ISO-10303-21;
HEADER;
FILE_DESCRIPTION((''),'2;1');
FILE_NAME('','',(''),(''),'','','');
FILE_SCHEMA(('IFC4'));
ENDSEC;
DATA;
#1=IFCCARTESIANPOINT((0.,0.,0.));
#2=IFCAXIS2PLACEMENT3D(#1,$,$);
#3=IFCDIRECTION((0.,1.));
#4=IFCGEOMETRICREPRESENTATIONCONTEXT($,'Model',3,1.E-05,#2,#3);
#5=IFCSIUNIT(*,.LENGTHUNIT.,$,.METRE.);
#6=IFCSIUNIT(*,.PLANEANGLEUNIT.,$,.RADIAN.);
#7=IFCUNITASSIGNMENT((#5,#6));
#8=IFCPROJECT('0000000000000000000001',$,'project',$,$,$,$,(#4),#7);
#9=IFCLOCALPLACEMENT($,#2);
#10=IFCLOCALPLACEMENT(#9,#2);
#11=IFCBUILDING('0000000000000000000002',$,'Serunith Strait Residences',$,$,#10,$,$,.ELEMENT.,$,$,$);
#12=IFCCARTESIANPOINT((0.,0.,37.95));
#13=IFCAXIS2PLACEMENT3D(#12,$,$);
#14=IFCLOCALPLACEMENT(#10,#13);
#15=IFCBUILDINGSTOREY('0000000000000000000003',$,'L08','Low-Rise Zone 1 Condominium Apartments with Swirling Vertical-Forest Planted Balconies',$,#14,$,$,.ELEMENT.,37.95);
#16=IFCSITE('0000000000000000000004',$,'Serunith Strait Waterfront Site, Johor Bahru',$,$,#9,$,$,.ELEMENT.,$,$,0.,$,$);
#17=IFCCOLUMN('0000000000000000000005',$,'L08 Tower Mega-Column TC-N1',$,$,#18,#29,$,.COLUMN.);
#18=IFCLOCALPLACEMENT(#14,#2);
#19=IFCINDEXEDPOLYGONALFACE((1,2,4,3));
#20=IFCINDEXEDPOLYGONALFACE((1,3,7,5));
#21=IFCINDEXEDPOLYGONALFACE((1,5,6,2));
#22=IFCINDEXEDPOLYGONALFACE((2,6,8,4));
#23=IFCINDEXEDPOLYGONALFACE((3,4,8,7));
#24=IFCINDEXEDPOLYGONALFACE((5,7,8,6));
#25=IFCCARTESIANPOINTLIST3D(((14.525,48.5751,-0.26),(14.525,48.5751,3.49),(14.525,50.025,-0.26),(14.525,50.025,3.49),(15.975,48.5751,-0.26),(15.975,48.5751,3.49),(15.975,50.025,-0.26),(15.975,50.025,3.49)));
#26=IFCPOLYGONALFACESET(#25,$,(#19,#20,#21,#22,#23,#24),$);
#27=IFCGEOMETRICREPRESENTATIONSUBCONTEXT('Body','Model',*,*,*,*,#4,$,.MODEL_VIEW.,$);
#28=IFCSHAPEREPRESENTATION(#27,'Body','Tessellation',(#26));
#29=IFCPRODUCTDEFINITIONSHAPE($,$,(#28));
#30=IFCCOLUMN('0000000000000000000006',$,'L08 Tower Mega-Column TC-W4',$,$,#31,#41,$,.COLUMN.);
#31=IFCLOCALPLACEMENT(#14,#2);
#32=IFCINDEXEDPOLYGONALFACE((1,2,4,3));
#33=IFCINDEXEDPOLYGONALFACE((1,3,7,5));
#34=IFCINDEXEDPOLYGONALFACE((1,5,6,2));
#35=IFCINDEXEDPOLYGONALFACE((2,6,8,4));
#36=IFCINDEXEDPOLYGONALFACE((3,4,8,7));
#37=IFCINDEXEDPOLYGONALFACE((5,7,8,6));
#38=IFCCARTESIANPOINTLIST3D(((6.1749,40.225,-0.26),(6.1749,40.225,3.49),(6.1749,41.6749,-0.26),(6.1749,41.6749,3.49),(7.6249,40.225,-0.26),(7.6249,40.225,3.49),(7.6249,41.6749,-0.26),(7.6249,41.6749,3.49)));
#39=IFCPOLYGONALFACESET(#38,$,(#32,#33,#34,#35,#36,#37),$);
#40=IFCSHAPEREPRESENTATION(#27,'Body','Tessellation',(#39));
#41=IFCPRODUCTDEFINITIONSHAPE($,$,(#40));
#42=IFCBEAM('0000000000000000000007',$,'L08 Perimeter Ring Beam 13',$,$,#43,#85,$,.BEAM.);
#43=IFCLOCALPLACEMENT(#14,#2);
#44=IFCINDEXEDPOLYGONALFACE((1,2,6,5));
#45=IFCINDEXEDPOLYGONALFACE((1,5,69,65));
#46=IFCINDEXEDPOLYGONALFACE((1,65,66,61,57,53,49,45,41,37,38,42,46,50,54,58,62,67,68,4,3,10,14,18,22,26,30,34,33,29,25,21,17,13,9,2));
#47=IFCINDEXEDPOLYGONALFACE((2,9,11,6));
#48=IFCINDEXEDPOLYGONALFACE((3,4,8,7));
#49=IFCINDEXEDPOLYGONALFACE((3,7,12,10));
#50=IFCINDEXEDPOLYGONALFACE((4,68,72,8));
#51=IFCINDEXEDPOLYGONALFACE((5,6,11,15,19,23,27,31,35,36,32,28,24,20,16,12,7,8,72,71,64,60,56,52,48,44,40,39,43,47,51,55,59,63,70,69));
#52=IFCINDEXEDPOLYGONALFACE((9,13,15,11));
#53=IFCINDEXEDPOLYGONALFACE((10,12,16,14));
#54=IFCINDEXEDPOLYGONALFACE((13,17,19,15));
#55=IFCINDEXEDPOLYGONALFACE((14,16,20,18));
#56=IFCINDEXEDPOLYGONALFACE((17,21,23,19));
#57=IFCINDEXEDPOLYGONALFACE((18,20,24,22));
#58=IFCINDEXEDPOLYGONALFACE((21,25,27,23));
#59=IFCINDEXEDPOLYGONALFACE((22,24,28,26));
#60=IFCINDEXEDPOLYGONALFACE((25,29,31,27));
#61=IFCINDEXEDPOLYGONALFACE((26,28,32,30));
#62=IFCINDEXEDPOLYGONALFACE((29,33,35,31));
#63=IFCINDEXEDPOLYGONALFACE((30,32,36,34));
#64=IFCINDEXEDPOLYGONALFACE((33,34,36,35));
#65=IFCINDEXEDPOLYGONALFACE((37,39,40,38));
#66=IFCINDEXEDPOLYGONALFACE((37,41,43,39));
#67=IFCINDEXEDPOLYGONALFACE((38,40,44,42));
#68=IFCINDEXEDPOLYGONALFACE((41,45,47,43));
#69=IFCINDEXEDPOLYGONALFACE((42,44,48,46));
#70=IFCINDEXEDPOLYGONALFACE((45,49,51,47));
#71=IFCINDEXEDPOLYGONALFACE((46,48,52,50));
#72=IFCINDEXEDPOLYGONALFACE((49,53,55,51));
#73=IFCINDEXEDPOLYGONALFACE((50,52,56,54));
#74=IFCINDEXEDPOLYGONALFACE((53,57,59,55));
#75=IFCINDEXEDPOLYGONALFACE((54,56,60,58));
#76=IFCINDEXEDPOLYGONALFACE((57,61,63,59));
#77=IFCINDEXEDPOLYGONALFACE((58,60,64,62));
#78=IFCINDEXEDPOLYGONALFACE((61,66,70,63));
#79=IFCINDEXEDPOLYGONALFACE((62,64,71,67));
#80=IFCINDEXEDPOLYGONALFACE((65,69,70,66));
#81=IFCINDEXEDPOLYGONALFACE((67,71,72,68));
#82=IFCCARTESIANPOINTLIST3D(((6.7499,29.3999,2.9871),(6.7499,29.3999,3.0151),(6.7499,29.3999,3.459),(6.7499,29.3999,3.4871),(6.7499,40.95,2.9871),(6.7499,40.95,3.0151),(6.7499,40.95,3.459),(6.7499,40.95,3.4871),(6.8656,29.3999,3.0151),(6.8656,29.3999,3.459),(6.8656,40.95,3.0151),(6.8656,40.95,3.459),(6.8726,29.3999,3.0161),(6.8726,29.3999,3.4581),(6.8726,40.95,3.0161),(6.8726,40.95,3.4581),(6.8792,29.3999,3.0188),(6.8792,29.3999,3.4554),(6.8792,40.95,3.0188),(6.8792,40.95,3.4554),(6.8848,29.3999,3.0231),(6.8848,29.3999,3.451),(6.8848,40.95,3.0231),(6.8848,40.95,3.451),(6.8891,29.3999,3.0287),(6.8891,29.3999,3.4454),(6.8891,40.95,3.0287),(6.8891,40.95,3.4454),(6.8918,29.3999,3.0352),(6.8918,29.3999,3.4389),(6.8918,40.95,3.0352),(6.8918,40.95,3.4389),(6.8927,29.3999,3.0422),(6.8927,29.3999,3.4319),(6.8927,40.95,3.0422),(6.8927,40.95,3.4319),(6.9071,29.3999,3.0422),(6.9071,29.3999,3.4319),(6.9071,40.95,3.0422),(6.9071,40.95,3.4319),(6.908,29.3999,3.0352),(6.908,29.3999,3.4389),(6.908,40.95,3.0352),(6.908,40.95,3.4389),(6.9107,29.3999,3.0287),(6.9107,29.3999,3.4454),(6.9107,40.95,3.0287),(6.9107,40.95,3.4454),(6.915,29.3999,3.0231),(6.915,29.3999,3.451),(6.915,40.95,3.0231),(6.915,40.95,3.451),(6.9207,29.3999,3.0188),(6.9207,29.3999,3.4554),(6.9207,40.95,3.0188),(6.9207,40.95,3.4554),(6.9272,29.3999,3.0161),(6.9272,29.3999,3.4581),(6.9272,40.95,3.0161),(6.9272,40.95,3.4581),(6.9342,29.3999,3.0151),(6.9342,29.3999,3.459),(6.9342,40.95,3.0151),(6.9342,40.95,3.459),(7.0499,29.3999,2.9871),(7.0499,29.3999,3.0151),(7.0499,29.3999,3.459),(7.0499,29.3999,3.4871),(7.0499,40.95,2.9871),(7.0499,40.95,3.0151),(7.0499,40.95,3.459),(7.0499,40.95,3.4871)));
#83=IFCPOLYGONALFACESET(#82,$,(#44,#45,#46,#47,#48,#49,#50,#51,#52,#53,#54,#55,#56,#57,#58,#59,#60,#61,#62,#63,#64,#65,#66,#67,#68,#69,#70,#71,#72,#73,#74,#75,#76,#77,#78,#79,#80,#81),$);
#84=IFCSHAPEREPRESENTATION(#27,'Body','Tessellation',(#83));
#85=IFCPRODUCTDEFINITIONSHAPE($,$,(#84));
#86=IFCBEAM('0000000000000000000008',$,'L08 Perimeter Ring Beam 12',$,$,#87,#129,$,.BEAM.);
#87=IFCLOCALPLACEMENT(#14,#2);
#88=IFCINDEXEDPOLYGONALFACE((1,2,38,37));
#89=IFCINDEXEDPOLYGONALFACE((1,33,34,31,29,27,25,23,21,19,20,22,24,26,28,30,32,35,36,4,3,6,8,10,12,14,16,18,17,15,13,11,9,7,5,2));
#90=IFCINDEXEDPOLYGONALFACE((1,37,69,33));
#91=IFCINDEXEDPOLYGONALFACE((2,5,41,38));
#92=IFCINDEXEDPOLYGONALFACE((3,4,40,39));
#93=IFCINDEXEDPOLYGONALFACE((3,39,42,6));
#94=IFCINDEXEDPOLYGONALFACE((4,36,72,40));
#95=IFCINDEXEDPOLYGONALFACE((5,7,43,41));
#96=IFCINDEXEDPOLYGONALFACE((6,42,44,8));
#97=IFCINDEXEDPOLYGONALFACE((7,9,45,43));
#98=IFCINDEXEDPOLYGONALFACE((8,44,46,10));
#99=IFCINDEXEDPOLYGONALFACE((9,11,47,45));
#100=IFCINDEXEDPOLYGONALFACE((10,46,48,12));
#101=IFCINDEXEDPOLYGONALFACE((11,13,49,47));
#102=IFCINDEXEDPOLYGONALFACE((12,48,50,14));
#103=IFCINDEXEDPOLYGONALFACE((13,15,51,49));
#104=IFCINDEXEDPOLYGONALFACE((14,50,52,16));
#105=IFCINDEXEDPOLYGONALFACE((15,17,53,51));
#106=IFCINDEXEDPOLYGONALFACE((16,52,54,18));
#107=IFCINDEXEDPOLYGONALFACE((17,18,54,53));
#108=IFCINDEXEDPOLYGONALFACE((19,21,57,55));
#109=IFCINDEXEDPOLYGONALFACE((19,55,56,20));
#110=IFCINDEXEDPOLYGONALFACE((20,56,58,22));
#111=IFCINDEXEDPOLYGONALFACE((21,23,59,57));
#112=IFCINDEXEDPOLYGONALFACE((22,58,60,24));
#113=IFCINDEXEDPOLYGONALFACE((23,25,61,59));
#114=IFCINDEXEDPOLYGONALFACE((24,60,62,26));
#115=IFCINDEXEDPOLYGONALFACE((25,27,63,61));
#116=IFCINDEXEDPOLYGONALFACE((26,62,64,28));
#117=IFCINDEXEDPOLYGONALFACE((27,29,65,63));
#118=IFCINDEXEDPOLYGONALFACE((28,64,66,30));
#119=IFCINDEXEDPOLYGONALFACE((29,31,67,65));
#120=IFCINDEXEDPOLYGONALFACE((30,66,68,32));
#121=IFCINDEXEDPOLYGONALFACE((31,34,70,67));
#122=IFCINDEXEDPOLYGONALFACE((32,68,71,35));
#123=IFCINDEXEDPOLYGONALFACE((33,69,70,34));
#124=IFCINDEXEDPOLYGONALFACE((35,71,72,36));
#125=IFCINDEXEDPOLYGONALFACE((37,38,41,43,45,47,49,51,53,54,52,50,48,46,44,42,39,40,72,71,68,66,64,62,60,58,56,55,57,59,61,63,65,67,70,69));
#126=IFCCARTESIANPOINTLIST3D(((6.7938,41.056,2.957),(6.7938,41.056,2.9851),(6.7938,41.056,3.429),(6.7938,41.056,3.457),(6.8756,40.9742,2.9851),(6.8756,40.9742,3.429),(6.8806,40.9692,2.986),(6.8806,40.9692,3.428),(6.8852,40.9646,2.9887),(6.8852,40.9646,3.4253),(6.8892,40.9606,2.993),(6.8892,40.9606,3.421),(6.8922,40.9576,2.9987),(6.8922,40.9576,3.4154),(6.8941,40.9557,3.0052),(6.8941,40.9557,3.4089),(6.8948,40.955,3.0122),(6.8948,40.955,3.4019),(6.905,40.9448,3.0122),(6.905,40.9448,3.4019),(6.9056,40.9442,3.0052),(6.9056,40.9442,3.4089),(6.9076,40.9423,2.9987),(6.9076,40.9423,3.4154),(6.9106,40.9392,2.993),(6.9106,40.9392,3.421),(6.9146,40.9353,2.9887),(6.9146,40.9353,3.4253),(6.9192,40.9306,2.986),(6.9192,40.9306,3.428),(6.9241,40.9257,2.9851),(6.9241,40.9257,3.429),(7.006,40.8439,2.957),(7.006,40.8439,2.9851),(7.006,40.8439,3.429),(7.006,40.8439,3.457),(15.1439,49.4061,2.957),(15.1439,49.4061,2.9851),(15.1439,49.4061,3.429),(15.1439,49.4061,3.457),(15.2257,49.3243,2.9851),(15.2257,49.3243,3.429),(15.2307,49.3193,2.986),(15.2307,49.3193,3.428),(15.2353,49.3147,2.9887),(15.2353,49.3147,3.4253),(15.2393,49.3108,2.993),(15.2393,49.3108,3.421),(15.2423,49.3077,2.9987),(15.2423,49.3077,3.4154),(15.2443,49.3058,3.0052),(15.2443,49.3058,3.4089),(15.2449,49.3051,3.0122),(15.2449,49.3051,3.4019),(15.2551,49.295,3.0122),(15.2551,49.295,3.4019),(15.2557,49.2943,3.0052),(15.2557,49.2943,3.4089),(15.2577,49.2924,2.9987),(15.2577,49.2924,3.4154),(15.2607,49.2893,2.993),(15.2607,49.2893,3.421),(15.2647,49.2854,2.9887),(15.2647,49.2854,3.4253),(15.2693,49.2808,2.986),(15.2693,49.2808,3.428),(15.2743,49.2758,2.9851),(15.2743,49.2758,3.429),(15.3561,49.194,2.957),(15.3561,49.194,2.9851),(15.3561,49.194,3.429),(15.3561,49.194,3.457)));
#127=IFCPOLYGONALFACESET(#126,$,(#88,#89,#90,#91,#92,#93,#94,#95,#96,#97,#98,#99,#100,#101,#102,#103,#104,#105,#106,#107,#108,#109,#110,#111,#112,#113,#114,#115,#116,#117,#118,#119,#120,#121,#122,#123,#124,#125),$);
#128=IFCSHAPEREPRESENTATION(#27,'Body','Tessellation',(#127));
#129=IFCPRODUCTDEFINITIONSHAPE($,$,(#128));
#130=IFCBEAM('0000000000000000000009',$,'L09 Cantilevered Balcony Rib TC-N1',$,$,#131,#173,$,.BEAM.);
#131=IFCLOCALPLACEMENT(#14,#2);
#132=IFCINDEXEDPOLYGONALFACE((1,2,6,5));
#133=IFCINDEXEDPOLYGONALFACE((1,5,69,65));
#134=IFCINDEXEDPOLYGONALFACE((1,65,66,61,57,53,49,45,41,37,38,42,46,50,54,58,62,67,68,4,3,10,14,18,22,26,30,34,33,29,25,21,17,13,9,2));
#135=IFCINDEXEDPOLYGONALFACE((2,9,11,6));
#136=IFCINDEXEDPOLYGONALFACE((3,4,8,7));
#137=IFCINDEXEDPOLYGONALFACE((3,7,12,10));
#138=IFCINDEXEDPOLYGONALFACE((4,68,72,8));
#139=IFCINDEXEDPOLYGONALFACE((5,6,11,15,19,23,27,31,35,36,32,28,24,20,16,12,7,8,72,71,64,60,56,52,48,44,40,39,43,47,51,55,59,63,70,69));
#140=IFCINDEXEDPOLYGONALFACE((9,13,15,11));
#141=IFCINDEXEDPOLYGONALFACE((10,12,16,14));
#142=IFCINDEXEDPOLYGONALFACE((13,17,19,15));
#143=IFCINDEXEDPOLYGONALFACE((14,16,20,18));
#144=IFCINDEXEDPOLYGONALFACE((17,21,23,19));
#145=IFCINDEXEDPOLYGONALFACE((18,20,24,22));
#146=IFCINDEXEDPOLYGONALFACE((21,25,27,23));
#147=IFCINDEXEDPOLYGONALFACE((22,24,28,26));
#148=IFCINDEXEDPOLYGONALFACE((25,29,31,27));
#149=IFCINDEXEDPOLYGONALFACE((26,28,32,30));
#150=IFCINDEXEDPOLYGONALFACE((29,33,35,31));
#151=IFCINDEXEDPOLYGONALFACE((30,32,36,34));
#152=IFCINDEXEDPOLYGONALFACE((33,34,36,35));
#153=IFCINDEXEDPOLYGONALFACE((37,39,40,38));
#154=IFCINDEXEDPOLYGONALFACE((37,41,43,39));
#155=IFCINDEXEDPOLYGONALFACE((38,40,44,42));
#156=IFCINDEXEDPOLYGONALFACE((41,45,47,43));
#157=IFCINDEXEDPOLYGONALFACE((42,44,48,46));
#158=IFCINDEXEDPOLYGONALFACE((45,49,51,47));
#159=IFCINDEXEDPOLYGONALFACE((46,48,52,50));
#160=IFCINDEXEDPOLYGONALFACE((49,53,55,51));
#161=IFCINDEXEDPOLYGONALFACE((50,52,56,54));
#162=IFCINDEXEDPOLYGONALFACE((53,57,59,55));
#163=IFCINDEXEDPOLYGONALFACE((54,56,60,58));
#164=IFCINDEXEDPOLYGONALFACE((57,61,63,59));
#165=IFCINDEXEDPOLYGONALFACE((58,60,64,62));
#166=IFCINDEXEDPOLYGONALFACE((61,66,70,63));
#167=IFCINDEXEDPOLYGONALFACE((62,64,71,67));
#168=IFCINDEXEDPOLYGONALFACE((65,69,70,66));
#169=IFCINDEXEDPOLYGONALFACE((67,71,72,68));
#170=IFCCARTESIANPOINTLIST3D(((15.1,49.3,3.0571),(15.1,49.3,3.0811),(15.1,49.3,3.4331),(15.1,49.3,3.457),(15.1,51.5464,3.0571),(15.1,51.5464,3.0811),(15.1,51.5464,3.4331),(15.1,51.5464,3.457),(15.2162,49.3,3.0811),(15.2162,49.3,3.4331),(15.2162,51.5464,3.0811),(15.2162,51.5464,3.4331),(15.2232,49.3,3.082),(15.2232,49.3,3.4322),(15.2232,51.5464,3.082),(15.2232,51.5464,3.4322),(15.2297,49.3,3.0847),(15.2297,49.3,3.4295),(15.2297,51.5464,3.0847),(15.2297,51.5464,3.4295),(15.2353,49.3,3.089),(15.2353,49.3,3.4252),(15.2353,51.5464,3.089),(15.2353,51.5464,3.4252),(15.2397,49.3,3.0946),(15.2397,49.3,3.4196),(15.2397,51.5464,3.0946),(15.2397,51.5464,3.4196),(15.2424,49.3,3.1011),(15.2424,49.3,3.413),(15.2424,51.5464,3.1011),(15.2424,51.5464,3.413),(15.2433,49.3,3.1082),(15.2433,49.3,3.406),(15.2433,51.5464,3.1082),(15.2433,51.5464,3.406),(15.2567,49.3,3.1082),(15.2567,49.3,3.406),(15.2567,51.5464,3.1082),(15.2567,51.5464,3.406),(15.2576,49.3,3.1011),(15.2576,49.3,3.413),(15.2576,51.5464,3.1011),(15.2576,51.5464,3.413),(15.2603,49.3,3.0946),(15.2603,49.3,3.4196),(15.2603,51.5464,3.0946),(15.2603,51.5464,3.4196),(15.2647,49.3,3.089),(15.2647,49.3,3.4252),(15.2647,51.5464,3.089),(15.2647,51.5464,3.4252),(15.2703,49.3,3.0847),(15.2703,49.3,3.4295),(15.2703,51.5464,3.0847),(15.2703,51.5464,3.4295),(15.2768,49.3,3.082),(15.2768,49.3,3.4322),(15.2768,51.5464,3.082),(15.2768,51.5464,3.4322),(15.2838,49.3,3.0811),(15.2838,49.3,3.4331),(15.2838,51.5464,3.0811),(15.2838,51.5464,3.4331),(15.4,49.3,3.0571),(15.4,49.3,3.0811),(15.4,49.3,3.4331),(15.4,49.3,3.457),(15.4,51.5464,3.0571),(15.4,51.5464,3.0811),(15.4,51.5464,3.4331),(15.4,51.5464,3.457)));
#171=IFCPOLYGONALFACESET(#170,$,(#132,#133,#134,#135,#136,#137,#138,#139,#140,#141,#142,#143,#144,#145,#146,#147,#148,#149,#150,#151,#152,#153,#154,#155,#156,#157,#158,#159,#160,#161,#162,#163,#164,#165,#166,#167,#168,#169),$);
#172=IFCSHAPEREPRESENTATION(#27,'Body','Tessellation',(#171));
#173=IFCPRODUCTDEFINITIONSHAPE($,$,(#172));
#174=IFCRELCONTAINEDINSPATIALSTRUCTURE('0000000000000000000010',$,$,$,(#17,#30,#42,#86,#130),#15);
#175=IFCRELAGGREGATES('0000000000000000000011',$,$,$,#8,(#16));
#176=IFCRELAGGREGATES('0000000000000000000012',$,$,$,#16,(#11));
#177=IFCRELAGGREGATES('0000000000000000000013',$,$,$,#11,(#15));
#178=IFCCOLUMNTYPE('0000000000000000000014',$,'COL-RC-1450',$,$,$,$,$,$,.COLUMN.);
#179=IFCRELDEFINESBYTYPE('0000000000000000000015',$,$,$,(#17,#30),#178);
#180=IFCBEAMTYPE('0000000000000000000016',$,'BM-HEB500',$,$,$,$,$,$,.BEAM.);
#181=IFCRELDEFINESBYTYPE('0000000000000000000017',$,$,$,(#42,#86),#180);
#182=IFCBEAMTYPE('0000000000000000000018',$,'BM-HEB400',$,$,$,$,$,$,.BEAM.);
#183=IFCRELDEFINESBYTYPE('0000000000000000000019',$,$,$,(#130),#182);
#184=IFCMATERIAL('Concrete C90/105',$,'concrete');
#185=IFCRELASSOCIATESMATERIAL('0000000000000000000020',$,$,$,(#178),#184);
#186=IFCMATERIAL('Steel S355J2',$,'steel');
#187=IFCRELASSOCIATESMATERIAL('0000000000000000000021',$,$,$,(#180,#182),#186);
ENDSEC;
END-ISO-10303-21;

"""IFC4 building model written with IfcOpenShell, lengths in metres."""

from ifc_helpers import new_model, si_unit, direction, frame, origin, origin_2d, place, context, subcontext, project, spatial, rectangle, i_section, extrude, source, transform, mapped, material, material_profile, profile_set, type_object, element, save


model = new_model("IFC4")

# Units and contexts
model_context = context("Model", 3, precision=1e-05, world=origin(), true_north=direction((0.0, 1.0)))
body_context = subcontext(model_context, "Body", "Model", "MODEL_VIEW")
ifc_project = project(units=[si_unit("LENGTHUNIT", "METRE"), si_unit("PLANEANGLEUNIT", "RADIAN")], contexts=[model_context])

# Site, building, storey
site_placement = place(None, origin())
site = spatial("IfcSite", under=ifc_project, at=site_placement, Name="Serunith Strait Waterfront Site, Johor Bahru", CompositionType="ELEMENT", RefElevation=0.0)
building_placement = place(site_placement, origin())
building = spatial("IfcBuilding", under=site, at=building_placement, Name="Serunith Strait Residences", CompositionType="ELEMENT")
storey_placement = place(building_placement, frame((0.0, 0.0, 37.95)))
storey = spatial("IfcBuildingStorey", under=building, at=storey_placement, Name="L08", Description="Low-Rise Zone 1 Condominium Apartments with Swirling Vertical-Forest Planted Balconies", CompositionType="ELEMENT", Elevation=37.95)

# Columns
ifc_material_1 = material(Name="Concrete C90/105", Category="concrete")
ifc_material_profile_1 = material_profile(ifc_material_1, rectangle(XDim=1.45, YDim=1.45, at=origin_2d()), Name="RC 1450x1450")
ifc_profile_set_1 = profile_set([ifc_material_profile_1], Name="Concrete C90/105")
column_type = type_object("IfcColumnType", Name="COL-RC-1450", PredefinedType="COLUMN", material=ifc_profile_set_1)
shared_shape_1 = source(origin(), body_context, "Body", "SweptSolid", [
    extrude(rectangle(XDim=1.45, YDim=1.45, at=origin_2d()), origin(), (0.0, 0.0, 1.0), 3.75),
])
for number, where, z_axis, x_axis, name in (
    (1, (15.25, 49.3, -0.26), (0.0, 0.0, 1.0), (1.0, 0.0, 0.0), "L08 Tower Mega-Column TC-N1"),
    (2, (6.8999, 40.95, -0.26), (0.0, 0.0, 1.0), (1.0, 0.0, 0.0), "L08 Tower Mega-Column TC-W4"),
):
    element("IfcColumn", number, at=place(storey_placement, frame(where, z_axis=z_axis, x_axis=x_axis)), inside=storey, type_object=column_type, Name=name, PredefinedType="COLUMN", context=body_context, shape_type="MappedRepresentation", body=[
        mapped(shared_shape_1, transform((0.0, 0.0, 0.0), scale=1.0)),
    ])

# Beams
ifc_material_2 = material(Name="Steel S355J2", Category="steel")
ifc_material_profile_2 = material_profile(ifc_material_2, i_section(OverallWidth=0.3, OverallDepth=0.5, WebThickness=0.0144, FlangeThickness=0.0281, FilletRadius=0.0271, at=origin_2d()), Name="HEB 500")
ifc_profile_set_2 = profile_set([ifc_material_profile_2], Name="Steel S355J2")
beam_type_1 = type_object("IfcBeamType", Name="BM-HEB500", PredefinedType="BEAM", material=ifc_profile_set_2)
shared_shape_2 = source(origin(), body_context, "Body", "SweptSolid", [
    extrude(i_section(OverallWidth=0.3, OverallDepth=0.5, WebThickness=0.0144, FlangeThickness=0.0281, FilletRadius=0.0271, at=origin_2d()), origin(), (0.0, 0.0, 1.0), 11.55),
])
beam_1_placement = place(storey_placement, frame((6.8999, 40.95, 3.2371), z_axis=(0.0, -1.0, 0.0), x_axis=(1.0, 0.0, 0.0)))
element("IfcBeam", 3, at=beam_1_placement, inside=storey, type_object=beam_type_1, Name="L08 Perimeter Ring Beam 13", PredefinedType="BEAM", context=body_context, shape_type="MappedRepresentation", body=[
    mapped(shared_shape_2, transform((0.0, 0.0, 0.0), scale=1.0)),
])
shared_shape_3 = source(origin(), body_context, "Body", "SweptSolid", [
    extrude(i_section(OverallWidth=0.3, OverallDepth=0.5, WebThickness=0.0144, FlangeThickness=0.0281, FilletRadius=0.0271, at=origin_2d()), origin(), (0.0, 0.0, 1.0), 11.8088),
])
beam_2_placement = place(storey_placement, frame((15.25, 49.3, 3.207), z_axis=(-0.707107, -0.707107, 0.0), x_axis=(0.707107, -0.707107, 0.0)))
element("IfcBeam", 4, at=beam_2_placement, inside=storey, type_object=beam_type_1, Name="L08 Perimeter Ring Beam 12", PredefinedType="BEAM", context=body_context, shape_type="MappedRepresentation", body=[
    mapped(shared_shape_3, transform((0.0, 0.0, 0.0), scale=1.0)),
])
ifc_material_profile_3 = material_profile(ifc_material_2, i_section(OverallWidth=0.3, OverallDepth=0.3999, WebThickness=0.0134, FlangeThickness=0.0239, FilletRadius=0.0271, at=origin_2d()), Name="HEB 400")
ifc_profile_set_3 = profile_set([ifc_material_profile_3], Name="Steel S355J2")
beam_type_2 = type_object("IfcBeamType", Name="BM-HEB400", PredefinedType="BEAM", material=ifc_profile_set_3)
shared_shape_4 = source(origin(), body_context, "Body", "SweptSolid", [
    extrude(i_section(OverallWidth=0.3, OverallDepth=0.3999, WebThickness=0.0134, FlangeThickness=0.0239, FilletRadius=0.0271, at=origin_2d()), origin(), (0.0, 0.0, 1.0), 2.2463),
])
beam_3_placement = place(storey_placement, frame((15.25, 49.3, 3.2571), z_axis=(0.0, 1.0, 0.0), x_axis=(-1.0, 0.0, 0.0)))
element("IfcBeam", 5, at=beam_3_placement, inside=storey, type_object=beam_type_2, Name="L09 Cantilevered Balcony Rib TC-N1", PredefinedType="BEAM", context=body_context, shape_type="MappedRepresentation", body=[
    mapped(shared_shape_4, transform((0.0, 0.0, 0.0), scale=1.0)),
])

save(model, "model.ifc")
